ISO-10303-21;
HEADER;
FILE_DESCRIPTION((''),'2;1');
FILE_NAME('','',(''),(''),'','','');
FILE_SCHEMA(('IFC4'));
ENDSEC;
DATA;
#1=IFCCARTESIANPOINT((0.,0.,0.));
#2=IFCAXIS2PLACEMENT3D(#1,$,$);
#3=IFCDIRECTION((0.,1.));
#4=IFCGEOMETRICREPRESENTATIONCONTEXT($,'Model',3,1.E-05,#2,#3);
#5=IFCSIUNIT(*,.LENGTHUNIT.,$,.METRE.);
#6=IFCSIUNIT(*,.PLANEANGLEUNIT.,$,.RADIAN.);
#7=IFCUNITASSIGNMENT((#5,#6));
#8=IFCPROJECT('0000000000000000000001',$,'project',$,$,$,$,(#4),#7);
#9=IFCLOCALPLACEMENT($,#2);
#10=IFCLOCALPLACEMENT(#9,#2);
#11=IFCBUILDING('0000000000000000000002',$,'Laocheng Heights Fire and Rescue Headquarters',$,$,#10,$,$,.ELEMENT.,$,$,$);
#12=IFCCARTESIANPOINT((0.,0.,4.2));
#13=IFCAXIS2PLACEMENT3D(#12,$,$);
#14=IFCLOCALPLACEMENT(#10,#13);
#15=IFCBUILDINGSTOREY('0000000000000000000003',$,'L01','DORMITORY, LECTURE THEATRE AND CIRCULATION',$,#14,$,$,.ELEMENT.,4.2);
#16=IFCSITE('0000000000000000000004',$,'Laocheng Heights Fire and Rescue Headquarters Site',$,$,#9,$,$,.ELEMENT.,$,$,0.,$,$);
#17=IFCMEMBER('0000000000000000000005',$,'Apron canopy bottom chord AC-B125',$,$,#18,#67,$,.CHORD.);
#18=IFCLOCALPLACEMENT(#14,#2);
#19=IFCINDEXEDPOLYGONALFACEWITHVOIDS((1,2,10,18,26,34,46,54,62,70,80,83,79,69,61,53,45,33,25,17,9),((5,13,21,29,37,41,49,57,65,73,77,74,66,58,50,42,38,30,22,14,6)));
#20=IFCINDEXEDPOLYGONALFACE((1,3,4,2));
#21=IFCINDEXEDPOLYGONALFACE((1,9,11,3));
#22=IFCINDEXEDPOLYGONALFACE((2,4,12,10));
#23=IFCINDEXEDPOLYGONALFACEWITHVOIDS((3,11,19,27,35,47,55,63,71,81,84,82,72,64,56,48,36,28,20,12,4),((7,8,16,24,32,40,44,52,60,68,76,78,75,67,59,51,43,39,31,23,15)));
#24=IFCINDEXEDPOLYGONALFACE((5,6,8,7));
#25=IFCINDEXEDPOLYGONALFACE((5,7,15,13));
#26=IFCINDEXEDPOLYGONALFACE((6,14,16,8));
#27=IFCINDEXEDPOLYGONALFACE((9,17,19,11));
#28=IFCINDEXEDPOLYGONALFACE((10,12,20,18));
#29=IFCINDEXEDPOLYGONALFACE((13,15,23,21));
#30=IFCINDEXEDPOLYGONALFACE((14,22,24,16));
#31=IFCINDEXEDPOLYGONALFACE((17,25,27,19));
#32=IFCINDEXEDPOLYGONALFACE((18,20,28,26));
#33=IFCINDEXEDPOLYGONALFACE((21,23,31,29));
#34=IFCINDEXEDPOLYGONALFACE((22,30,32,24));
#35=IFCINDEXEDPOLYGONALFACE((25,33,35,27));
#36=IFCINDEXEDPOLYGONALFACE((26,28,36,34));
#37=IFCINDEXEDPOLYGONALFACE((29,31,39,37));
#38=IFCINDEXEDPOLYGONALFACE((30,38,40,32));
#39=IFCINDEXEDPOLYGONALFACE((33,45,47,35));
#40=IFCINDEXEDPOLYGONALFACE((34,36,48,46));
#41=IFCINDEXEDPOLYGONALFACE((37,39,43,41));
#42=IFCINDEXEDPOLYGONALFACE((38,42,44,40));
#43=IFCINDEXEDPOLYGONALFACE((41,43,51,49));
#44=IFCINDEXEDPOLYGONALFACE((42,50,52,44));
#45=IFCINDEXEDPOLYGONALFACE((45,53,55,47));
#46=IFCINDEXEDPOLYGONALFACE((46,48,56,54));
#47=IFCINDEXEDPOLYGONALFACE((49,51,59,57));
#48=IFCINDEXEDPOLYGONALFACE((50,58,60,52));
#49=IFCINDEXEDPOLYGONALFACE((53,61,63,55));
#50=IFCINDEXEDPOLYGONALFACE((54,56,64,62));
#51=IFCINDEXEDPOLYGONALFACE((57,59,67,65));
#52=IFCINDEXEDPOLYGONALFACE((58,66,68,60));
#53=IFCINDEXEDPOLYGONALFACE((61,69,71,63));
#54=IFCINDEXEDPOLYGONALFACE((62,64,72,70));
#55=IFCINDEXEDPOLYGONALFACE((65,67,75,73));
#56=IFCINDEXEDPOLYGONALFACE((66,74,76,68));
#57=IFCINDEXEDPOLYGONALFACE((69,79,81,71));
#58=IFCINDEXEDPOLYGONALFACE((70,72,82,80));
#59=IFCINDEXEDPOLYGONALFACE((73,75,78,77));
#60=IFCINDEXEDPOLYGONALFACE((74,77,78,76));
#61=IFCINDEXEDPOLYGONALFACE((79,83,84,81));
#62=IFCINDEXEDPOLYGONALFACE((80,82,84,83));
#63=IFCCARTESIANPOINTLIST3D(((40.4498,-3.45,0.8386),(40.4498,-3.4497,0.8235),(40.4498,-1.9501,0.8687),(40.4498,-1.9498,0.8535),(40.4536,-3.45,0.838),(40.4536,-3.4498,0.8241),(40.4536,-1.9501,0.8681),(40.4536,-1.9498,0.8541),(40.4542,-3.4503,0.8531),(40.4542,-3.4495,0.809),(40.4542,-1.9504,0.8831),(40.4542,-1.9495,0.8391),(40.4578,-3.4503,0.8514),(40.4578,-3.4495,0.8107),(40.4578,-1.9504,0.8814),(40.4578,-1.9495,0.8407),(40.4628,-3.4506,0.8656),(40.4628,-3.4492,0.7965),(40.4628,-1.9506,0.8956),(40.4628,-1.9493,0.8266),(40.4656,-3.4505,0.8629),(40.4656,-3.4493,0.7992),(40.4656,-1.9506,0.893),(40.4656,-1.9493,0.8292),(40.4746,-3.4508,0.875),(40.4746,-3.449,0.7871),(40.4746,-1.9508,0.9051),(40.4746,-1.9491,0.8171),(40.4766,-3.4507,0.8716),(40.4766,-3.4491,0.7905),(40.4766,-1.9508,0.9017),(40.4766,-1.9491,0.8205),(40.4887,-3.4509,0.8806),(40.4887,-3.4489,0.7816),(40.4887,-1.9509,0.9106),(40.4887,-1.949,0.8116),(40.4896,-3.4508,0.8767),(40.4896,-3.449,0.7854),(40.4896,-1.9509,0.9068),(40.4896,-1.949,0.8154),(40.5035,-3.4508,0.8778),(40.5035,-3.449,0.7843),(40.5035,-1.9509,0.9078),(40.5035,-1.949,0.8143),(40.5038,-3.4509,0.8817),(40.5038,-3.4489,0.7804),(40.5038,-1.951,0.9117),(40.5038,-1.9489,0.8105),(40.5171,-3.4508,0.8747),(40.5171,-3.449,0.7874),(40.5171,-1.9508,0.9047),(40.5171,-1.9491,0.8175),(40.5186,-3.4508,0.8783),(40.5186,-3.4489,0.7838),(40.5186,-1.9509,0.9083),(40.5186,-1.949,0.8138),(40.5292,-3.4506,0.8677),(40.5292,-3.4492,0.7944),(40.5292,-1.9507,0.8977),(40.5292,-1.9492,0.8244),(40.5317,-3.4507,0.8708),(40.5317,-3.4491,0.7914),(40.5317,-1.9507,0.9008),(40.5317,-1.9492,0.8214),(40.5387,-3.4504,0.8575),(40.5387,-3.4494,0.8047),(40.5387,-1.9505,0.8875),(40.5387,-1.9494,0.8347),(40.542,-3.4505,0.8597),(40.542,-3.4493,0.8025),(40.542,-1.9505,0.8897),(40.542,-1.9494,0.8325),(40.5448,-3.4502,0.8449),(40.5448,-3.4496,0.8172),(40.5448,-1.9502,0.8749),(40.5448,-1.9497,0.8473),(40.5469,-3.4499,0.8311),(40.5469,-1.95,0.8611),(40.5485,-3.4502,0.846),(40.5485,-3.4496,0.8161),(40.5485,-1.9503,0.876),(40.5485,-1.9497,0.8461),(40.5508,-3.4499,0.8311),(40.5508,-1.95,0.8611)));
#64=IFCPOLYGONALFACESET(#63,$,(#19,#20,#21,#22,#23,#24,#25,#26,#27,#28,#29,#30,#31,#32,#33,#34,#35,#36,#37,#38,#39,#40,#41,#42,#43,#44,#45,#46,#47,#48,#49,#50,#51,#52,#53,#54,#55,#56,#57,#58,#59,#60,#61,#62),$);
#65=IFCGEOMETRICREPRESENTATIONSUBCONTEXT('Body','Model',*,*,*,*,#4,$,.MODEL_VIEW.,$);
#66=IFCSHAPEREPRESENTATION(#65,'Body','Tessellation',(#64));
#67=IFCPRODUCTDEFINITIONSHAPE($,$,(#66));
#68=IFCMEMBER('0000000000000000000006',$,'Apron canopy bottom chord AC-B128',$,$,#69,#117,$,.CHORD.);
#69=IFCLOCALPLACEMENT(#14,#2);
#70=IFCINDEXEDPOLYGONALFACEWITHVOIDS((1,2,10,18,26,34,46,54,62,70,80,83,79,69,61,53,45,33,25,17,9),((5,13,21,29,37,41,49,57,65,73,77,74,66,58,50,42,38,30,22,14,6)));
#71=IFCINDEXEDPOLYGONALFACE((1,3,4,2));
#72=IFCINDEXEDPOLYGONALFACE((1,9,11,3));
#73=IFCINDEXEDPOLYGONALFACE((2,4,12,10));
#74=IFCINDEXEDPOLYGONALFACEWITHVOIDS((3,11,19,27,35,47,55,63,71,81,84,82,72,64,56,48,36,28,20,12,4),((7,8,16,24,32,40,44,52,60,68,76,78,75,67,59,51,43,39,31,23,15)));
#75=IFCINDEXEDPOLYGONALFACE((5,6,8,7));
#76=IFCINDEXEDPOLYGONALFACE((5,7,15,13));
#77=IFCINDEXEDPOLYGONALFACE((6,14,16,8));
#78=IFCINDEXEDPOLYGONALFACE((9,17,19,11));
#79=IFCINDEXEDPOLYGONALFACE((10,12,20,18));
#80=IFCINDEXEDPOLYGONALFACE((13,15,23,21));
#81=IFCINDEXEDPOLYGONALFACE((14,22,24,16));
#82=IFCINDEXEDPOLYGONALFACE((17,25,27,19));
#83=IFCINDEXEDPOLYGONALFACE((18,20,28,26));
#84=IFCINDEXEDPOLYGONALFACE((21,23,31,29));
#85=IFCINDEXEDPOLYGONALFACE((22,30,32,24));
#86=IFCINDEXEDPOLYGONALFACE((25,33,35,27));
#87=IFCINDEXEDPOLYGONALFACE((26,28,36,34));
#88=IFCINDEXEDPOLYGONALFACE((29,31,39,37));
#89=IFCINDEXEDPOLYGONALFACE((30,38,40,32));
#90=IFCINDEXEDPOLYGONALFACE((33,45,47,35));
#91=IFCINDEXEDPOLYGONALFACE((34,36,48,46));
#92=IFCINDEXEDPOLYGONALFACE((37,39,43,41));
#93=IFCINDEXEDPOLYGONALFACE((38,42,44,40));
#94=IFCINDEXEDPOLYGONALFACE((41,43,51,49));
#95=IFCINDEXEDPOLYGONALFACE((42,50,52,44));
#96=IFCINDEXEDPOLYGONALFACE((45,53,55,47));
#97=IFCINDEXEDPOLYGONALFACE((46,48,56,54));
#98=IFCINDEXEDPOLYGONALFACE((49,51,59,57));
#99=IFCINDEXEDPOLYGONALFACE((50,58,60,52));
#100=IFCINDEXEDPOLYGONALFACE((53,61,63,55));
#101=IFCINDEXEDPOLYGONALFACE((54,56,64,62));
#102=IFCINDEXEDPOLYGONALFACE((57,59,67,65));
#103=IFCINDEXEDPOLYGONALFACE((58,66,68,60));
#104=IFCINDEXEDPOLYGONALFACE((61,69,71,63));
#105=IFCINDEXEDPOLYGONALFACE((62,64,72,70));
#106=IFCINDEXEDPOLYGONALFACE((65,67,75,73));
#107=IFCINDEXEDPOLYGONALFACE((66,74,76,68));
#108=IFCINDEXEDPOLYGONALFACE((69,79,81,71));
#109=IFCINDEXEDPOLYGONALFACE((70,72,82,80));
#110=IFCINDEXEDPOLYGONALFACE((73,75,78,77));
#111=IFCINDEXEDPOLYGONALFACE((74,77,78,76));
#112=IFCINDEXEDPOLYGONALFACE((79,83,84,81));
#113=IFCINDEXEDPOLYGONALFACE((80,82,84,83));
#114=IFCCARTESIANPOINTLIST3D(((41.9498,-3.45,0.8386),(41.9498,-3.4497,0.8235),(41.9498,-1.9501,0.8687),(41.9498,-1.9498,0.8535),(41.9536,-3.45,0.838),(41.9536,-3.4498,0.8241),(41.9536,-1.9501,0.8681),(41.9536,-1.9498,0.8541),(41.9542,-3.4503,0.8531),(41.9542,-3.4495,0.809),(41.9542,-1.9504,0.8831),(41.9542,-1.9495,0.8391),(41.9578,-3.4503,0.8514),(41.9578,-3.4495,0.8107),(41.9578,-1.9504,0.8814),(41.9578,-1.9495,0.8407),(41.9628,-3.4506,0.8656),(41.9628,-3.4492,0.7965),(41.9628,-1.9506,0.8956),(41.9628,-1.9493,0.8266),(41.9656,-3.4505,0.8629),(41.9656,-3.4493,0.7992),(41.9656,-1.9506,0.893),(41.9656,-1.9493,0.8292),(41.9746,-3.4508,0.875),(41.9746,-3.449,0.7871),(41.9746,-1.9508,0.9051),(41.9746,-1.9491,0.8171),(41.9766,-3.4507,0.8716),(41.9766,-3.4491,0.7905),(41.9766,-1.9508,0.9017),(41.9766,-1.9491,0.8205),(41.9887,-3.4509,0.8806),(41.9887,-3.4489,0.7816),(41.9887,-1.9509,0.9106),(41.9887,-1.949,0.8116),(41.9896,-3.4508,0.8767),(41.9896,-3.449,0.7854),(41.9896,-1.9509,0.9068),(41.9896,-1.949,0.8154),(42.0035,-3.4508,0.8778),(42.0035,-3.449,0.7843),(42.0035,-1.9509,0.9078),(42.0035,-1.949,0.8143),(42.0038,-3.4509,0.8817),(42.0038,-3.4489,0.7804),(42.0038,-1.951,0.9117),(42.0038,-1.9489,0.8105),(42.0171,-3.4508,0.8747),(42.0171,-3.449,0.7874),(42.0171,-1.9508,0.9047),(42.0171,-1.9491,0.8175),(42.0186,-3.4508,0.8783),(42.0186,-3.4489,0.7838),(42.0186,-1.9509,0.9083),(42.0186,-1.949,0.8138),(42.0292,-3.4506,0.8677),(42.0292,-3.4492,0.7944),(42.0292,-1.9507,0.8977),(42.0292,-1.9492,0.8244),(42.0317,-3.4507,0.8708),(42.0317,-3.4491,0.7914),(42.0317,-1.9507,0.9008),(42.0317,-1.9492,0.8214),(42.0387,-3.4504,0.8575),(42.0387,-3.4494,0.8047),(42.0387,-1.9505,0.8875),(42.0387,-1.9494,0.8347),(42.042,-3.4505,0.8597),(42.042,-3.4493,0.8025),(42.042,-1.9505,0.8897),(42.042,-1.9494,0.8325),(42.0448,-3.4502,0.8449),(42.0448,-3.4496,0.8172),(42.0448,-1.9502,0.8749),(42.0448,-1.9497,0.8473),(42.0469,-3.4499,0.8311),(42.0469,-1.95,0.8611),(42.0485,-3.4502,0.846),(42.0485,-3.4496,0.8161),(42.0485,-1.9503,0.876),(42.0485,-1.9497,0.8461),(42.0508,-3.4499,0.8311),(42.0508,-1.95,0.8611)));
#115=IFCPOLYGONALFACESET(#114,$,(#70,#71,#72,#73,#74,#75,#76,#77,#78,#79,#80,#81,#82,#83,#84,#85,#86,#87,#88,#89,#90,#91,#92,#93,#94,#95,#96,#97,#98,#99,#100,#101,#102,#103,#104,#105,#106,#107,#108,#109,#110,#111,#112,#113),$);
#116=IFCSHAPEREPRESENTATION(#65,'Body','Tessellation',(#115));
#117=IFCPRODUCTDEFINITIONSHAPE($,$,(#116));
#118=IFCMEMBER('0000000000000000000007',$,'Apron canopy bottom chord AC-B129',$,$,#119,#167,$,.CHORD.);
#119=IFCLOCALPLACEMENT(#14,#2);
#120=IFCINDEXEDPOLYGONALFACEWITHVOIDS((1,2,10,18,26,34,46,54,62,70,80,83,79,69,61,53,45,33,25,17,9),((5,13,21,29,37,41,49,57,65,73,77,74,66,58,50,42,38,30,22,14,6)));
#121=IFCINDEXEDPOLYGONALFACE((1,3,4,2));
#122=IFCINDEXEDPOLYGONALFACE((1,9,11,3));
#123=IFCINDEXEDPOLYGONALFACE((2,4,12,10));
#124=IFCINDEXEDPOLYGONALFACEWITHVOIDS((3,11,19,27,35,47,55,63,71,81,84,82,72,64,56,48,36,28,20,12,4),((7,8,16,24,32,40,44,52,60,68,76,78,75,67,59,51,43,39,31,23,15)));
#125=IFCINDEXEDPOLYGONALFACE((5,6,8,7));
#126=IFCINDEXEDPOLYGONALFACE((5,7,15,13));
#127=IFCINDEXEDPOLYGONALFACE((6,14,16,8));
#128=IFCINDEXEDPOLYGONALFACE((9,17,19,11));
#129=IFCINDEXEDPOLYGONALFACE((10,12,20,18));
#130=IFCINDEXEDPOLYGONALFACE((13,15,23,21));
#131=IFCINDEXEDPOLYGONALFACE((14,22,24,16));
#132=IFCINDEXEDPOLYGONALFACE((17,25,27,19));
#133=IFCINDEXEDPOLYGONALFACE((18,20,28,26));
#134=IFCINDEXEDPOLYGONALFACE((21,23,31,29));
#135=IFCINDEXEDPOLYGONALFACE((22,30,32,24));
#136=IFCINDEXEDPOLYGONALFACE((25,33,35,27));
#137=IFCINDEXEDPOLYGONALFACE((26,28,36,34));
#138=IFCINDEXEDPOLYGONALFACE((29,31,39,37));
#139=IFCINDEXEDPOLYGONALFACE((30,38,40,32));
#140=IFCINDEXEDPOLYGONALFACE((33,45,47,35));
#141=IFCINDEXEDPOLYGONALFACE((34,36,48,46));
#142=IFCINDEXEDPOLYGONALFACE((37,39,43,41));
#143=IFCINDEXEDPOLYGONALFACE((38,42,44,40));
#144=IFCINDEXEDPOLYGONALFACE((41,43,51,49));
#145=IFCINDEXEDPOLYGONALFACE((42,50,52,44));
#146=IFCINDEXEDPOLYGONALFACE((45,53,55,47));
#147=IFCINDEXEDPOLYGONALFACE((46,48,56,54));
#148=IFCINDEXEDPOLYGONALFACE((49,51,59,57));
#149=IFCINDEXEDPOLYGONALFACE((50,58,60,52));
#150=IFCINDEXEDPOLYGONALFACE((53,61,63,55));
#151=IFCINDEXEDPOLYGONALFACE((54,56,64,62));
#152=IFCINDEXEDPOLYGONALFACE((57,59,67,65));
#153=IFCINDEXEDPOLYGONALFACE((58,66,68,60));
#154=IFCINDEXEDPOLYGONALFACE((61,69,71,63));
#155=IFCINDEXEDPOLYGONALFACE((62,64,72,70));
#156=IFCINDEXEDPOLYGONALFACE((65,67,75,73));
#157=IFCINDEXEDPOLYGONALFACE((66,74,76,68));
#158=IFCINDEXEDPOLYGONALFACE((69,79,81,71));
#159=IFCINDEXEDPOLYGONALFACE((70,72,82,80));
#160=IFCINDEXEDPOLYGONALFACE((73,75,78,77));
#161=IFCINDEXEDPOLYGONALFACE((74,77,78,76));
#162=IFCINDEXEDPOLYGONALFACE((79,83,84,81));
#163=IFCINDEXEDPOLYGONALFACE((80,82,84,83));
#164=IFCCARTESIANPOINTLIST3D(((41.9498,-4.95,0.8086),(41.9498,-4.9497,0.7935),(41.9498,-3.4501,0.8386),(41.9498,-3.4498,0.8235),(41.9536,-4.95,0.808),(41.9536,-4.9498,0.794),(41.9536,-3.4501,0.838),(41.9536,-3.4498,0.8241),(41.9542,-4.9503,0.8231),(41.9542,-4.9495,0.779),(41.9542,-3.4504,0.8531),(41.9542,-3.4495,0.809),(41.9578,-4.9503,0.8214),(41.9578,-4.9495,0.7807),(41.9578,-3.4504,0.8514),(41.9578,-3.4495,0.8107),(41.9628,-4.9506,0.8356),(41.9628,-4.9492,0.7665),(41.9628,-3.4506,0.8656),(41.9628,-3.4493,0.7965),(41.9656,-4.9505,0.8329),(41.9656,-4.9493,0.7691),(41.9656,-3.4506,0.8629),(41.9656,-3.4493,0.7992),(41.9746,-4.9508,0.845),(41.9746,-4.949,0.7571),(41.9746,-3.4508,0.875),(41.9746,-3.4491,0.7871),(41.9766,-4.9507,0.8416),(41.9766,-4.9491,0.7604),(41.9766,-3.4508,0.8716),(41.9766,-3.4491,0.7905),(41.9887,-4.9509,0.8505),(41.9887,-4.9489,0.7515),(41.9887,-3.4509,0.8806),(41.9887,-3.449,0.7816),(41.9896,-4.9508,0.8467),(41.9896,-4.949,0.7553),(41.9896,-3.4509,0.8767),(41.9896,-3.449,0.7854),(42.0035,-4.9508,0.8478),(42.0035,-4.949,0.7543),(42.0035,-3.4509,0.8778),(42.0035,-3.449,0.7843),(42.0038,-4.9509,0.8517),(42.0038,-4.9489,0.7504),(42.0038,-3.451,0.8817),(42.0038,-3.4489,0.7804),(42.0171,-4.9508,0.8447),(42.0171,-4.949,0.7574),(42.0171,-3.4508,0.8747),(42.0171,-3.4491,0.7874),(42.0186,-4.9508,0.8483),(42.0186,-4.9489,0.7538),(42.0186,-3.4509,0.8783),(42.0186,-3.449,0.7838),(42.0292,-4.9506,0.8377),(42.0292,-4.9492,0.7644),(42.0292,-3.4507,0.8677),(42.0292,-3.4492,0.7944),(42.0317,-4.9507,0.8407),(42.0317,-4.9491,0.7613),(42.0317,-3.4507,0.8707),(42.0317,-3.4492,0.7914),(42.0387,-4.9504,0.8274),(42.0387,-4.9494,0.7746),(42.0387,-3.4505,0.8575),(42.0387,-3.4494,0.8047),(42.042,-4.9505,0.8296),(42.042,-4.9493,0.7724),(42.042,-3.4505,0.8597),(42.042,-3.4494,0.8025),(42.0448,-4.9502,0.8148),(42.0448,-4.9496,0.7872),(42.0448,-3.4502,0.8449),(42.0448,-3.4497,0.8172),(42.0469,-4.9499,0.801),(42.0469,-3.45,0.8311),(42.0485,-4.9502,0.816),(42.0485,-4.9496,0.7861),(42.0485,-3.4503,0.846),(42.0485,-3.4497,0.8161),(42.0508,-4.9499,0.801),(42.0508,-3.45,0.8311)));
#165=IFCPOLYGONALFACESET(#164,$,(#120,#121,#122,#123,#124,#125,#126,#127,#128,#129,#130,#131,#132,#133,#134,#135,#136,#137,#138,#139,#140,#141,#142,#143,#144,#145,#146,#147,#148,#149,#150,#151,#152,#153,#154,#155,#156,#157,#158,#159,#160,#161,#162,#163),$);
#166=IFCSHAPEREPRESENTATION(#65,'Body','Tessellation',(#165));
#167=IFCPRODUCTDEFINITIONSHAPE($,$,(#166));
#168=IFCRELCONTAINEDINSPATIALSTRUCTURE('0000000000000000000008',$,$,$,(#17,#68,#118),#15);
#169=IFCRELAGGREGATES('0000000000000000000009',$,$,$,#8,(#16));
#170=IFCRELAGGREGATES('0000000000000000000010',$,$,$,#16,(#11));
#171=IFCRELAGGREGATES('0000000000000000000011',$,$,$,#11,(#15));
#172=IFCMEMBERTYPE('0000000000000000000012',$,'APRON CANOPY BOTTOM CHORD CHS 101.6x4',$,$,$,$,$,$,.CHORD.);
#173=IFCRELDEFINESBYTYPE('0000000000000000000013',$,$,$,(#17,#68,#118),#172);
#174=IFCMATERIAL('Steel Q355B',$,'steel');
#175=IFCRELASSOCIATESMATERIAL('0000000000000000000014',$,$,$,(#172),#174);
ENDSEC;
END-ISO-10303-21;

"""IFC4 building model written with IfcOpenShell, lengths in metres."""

from ifc_helpers import new_model, si_unit, direction, frame, origin, origin_2d, place, context, subcontext, project, spatial, hollow_circle, extrude, material, material_profile, profile_set, type_object, element, save


model = new_model("IFC4")

# Units and contexts
model_context = context("Model", 3, precision=1e-05, world=origin(), true_north=direction((0.0, 1.0)))
body_context = subcontext(model_context, "Body", "Model", "MODEL_VIEW")
ifc_project = project(units=[si_unit("LENGTHUNIT", "METRE"), si_unit("PLANEANGLEUNIT", "RADIAN")], contexts=[model_context])

# Site, building, storey
site_placement = place(None, origin())
site = spatial("IfcSite", under=ifc_project, at=site_placement, Name="Laocheng Heights Fire and Rescue Headquarters Site", CompositionType="ELEMENT", RefElevation=0.0)
building_placement = place(site_placement, origin())
building = spatial("IfcBuilding", under=site, at=building_placement, Name="Laocheng Heights Fire and Rescue Headquarters", CompositionType="ELEMENT")
storey_placement = place(building_placement, frame((0.0, 0.0, 4.2)))
storey = spatial("IfcBuildingStorey", under=building, at=storey_placement, Name="L01", Description="DORMITORY, LECTURE THEATRE AND CIRCULATION", CompositionType="ELEMENT", Elevation=4.2)

# Members
ifc_material_1 = material(Name="Steel Q355B", Category="steel")
ifc_material_profile_1 = material_profile(ifc_material_1, hollow_circle(Radius=0.0508, WallThickness=0.0039, at=origin_2d()), Name="CHS 101.6x4")
ifc_profile_set_1 = profile_set([ifc_material_profile_1], Name="Steel Q355B")
member_type_1 = type_object("IfcMemberType", Name="APRON CANOPY BOTTOM CHORD CHS 101.6x4", PredefinedType="CHORD", material=ifc_profile_set_1)
for number, where, z_axis, x_axis, name in (
    (1, (40.5, -1.95, 0.8611), (0.0, -0.9998, -0.020016), (1.0, 0.0, 0.0), "Apron canopy bottom chord AC-B125"),
    (2, (42.0, -1.95, 0.8611), (0.0, -0.9998, -0.020016), (1.0, 0.0, 0.0), "Apron canopy bottom chord AC-B128"),
    (3, (42.0, -3.45, 0.8311), (0.0, -0.9998, -0.020016), (1.0, 0.0, 0.0), "Apron canopy bottom chord AC-B129"),
):
    element("IfcMember", number, at=place(storey_placement, frame(where, z_axis=z_axis, x_axis=x_axis)), inside=storey, type_object=member_type_1, Name=name, PredefinedType="CHORD", context=body_context, shape_type="SweptSolid", body=[
        extrude(hollow_circle(Radius=0.0508, WallThickness=0.0039, at=origin_2d()), origin(), (0.0, 0.0, 1.0), 1.5002),
    ])

save(model, "model.ifc")
